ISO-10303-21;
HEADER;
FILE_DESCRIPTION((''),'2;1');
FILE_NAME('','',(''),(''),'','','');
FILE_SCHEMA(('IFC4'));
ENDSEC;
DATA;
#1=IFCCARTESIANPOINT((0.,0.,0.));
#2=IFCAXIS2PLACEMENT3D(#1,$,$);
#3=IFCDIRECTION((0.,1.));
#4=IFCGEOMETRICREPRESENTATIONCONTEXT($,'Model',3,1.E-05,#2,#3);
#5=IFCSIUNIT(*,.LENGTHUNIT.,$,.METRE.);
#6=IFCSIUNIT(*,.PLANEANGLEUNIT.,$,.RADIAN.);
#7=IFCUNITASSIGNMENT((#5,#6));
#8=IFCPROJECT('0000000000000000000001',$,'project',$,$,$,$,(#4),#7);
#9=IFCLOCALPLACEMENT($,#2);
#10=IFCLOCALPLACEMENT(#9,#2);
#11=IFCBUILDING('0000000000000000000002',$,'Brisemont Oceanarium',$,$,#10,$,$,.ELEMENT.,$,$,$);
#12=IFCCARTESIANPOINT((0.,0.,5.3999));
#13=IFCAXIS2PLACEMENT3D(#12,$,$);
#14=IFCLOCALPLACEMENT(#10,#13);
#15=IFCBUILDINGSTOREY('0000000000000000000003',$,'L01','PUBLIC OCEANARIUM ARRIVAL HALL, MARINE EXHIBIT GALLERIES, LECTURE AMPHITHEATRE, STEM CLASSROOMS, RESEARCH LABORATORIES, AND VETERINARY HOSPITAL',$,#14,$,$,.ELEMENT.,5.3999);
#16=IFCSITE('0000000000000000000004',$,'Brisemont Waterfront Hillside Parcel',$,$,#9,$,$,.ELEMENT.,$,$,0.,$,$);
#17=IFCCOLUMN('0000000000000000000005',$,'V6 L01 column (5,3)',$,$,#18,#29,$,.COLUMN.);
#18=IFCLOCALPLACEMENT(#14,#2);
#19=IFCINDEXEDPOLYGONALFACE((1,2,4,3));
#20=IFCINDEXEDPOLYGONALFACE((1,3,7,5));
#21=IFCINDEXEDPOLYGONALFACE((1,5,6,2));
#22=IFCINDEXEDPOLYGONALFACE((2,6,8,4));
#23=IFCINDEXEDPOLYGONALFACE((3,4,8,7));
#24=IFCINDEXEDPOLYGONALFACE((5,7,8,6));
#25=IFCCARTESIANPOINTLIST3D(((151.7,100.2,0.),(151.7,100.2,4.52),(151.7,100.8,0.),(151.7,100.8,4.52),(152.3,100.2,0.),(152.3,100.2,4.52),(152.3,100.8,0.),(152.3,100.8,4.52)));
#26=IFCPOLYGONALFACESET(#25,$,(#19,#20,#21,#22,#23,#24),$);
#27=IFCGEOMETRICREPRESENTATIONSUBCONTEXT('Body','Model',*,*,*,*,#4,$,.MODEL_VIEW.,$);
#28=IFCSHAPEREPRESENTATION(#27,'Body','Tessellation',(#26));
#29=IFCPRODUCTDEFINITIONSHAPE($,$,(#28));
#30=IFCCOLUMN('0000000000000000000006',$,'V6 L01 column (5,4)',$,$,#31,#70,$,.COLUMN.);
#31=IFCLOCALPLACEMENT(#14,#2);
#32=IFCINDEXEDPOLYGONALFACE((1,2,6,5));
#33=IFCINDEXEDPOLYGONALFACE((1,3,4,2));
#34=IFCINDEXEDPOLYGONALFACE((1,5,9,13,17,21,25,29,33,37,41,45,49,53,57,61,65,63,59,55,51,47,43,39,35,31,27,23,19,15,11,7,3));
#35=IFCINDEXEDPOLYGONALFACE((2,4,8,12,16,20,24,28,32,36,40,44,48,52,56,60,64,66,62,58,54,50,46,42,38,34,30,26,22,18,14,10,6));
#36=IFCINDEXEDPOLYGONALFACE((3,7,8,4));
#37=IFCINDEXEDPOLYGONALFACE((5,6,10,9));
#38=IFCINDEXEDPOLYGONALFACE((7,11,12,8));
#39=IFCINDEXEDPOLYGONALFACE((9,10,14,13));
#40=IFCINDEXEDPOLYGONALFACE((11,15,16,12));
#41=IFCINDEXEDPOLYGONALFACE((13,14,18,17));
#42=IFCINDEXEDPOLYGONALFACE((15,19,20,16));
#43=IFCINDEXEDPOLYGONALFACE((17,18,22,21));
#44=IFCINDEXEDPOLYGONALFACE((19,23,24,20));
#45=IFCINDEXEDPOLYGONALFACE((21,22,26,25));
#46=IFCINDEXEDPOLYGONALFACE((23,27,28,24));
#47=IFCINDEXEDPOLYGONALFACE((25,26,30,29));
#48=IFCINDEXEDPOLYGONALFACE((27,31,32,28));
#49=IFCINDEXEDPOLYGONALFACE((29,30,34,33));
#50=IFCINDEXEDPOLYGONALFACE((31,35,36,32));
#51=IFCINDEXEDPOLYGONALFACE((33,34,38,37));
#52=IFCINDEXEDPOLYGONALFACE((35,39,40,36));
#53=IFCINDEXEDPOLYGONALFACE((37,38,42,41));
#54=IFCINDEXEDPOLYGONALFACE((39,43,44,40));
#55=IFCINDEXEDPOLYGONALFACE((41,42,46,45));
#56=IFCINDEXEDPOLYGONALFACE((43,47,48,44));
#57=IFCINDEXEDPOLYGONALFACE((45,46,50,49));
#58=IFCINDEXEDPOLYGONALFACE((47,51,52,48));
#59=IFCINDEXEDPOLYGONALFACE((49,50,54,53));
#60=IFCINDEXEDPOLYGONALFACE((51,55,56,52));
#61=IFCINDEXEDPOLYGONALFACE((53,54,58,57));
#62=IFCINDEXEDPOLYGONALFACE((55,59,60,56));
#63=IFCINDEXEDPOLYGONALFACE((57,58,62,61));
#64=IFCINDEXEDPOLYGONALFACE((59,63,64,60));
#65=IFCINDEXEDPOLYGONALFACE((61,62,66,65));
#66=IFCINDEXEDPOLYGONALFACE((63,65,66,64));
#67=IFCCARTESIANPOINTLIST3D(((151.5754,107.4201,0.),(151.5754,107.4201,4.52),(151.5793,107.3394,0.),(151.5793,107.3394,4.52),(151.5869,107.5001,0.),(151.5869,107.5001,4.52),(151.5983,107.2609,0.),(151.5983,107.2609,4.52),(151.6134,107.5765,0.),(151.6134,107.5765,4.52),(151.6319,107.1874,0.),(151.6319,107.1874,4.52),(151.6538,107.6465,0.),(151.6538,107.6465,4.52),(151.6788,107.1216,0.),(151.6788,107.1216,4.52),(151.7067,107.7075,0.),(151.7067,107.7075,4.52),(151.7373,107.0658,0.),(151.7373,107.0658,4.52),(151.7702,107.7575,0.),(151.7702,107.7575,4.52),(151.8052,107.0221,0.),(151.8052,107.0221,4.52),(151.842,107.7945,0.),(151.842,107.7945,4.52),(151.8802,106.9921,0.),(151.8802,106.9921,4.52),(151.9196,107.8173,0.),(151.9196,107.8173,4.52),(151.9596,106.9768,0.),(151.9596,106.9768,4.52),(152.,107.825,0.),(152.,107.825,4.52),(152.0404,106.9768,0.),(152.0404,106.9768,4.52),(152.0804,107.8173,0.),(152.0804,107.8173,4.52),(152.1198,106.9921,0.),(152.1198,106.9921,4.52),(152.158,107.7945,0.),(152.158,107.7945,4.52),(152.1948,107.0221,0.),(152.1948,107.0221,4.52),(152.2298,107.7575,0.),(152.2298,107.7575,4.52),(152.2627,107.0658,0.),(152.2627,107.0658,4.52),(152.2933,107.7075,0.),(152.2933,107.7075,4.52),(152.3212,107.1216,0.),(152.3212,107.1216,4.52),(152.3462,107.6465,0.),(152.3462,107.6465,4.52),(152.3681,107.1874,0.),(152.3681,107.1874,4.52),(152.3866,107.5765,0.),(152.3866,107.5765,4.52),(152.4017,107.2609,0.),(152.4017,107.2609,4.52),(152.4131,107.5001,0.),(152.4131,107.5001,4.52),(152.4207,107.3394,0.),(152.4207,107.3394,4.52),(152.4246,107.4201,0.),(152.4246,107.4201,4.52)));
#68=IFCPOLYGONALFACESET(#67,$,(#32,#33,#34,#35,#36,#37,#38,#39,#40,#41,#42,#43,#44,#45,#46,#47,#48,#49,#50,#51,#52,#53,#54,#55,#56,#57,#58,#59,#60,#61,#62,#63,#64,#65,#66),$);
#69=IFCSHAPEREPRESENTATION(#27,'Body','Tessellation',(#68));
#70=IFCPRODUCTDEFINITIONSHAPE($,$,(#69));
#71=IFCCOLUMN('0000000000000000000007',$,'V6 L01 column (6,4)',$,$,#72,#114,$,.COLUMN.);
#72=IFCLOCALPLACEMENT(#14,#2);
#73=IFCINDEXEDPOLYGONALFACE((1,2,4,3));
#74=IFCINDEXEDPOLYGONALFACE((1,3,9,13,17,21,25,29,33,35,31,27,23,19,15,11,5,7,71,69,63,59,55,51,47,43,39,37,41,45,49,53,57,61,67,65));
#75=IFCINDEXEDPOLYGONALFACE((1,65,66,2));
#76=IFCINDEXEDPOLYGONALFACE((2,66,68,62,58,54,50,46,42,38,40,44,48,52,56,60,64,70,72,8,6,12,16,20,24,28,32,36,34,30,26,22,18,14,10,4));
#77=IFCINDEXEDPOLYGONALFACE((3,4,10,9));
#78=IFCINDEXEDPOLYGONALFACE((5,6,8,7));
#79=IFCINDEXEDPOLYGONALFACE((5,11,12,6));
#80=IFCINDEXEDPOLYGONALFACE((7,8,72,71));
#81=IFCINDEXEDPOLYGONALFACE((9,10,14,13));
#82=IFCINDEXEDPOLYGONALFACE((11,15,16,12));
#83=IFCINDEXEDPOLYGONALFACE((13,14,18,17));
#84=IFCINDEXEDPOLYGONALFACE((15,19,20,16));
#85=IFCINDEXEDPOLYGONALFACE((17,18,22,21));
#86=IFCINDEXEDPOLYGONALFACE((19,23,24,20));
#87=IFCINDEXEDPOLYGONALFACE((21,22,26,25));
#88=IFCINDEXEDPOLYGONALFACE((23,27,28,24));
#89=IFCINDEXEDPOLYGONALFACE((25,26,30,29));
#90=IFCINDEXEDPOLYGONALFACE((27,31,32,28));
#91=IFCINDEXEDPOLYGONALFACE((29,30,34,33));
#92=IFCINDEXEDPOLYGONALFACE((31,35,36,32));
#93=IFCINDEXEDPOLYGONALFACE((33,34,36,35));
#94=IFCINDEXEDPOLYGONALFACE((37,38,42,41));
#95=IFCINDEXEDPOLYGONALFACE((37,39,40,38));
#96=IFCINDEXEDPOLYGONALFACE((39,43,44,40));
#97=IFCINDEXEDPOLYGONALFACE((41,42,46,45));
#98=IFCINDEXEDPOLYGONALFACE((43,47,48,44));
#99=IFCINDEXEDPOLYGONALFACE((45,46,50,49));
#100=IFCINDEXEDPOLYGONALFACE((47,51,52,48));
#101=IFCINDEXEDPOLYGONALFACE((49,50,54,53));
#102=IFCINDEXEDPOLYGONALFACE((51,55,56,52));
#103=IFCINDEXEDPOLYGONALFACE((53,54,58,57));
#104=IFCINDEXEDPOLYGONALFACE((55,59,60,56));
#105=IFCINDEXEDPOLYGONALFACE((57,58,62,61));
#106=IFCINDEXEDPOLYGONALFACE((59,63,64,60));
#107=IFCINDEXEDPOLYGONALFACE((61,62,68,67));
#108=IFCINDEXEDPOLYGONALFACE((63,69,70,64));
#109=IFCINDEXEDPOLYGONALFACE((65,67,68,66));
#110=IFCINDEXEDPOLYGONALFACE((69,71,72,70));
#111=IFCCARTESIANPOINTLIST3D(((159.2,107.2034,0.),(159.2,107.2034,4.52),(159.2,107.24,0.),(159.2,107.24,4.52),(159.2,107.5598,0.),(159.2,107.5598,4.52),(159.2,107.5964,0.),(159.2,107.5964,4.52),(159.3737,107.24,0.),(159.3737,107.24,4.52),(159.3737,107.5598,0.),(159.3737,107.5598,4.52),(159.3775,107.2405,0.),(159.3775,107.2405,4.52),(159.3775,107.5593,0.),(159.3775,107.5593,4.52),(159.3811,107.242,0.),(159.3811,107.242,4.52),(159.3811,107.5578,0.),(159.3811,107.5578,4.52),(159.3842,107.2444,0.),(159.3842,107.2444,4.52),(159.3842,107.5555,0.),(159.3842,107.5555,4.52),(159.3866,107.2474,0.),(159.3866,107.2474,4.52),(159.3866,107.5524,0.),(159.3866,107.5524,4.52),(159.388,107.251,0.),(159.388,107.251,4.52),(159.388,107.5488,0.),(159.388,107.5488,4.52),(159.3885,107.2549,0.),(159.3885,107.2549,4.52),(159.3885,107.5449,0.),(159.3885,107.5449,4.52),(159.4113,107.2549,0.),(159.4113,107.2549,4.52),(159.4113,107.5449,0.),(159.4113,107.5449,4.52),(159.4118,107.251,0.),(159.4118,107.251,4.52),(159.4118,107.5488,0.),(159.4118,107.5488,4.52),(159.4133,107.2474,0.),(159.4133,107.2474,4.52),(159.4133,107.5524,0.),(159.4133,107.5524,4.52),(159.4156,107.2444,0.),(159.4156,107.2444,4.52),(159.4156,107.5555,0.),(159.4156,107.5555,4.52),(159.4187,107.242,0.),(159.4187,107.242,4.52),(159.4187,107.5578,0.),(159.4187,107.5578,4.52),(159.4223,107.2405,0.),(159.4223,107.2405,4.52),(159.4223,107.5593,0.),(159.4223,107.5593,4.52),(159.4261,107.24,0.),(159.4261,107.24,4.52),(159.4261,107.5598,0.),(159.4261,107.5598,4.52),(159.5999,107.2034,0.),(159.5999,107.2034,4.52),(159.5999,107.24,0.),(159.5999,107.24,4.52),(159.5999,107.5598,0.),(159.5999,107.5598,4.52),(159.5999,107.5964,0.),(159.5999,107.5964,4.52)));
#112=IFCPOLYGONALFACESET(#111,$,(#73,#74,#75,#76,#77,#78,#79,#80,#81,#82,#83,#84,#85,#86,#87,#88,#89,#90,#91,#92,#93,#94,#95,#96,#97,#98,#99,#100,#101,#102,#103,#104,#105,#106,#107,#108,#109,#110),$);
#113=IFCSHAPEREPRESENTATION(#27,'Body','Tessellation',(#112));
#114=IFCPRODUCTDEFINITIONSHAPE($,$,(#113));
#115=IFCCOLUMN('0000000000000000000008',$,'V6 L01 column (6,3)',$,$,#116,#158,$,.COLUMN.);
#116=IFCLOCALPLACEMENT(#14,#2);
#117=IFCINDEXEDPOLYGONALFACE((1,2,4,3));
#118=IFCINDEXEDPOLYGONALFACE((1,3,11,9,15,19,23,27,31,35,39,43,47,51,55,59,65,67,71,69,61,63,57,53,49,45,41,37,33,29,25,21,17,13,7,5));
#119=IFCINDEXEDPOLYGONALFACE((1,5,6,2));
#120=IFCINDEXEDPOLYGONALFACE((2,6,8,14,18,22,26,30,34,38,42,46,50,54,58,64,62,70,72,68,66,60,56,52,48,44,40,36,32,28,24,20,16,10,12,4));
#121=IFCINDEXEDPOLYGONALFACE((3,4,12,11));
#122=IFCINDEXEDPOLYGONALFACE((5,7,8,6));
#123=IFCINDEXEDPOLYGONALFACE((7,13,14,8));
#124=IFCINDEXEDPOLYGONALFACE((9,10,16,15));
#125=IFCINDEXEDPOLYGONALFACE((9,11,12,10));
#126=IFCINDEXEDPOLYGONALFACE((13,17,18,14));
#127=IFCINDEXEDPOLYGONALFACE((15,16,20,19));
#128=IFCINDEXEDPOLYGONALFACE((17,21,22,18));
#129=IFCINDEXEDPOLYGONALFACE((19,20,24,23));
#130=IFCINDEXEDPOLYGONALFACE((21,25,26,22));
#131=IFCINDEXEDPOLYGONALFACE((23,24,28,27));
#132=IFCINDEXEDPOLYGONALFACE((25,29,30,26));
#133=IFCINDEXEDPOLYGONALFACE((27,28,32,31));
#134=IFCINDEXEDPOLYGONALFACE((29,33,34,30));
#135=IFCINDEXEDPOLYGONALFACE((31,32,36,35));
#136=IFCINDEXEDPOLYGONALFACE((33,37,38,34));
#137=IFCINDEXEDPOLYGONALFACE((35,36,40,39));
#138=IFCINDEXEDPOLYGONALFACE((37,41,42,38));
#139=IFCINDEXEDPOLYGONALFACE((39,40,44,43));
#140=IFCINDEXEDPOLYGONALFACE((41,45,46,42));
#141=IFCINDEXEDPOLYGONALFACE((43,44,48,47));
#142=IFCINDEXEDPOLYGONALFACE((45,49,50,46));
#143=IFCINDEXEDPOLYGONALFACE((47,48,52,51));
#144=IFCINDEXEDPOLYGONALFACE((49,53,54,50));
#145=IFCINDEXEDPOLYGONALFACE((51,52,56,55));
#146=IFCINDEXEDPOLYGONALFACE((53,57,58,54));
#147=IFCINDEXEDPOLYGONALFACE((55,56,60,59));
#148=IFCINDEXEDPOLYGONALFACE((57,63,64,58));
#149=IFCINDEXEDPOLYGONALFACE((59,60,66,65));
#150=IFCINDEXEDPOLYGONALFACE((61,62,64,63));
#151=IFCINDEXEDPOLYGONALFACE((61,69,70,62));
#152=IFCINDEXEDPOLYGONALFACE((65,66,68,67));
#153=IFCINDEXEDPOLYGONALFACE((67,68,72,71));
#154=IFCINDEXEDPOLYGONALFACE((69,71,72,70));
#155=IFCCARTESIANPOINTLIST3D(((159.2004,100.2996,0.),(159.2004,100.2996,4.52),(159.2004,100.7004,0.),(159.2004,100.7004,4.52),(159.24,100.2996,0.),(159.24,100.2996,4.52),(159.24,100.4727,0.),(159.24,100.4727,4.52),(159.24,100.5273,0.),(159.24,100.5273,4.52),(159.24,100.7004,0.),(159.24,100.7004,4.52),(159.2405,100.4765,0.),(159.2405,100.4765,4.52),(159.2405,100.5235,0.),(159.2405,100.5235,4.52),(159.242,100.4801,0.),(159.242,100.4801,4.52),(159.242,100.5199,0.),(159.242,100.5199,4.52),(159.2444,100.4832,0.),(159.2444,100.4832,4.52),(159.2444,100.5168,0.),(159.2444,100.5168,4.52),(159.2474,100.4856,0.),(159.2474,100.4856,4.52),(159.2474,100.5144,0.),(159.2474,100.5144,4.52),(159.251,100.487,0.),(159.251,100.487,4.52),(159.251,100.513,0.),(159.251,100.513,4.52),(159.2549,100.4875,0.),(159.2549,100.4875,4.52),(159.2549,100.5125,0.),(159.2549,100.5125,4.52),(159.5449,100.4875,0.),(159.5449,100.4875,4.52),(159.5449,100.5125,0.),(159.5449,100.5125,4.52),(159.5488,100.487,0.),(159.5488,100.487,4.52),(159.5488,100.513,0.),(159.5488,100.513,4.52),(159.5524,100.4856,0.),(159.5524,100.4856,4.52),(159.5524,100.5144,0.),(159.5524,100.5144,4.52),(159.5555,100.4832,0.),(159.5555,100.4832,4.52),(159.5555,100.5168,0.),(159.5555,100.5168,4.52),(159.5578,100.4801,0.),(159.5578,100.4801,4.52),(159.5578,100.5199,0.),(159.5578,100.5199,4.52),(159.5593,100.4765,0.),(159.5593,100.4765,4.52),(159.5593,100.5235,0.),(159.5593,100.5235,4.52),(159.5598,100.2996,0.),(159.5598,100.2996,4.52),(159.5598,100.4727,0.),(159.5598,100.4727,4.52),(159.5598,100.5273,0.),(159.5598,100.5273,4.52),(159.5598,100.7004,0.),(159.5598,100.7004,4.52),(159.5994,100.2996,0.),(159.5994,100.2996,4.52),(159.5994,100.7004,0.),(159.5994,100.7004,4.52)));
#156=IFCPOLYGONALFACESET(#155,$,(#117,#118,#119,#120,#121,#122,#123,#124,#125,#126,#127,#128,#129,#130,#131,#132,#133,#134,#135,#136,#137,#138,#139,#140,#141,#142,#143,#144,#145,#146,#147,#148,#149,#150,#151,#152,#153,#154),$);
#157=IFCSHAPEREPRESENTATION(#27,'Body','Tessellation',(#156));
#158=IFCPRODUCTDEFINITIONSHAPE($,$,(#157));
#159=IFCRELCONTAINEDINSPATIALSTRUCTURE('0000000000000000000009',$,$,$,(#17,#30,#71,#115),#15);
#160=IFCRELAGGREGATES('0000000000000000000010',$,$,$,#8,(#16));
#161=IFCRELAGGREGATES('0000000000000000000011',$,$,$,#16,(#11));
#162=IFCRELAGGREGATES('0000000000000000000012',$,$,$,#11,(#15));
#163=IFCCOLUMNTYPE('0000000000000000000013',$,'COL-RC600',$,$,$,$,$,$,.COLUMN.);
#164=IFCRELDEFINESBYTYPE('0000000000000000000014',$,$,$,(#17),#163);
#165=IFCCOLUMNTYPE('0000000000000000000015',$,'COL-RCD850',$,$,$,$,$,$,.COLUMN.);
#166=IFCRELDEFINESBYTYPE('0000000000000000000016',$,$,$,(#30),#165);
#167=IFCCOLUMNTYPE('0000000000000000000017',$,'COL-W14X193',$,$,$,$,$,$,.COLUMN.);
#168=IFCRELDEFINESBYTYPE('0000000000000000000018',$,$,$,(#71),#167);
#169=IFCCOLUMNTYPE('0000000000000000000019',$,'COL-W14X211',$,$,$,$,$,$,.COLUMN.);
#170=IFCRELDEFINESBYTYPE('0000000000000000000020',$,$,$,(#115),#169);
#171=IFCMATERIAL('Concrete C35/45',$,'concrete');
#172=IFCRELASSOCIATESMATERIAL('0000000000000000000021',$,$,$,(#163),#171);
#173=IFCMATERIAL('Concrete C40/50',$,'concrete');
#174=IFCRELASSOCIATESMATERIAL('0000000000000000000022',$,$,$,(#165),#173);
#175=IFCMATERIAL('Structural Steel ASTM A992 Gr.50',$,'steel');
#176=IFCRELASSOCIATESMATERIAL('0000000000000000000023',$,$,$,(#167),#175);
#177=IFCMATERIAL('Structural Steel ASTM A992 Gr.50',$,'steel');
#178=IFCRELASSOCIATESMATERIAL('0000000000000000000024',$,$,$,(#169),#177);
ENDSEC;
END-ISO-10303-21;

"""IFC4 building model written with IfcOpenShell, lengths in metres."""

from ifc_helpers import new_model, si_unit, direction, frame, origin, origin_2d, place, context, subcontext, project, spatial, rectangle, circle, i_section, extrude, material, material_profile, profile_set, type_object, element, save


model = new_model("IFC4")

# Units and contexts
model_context = context("Model", 3, precision=1e-05, world=origin(), true_north=direction((0.0, 1.0)))
body_context = subcontext(model_context, "Body", "Model", "MODEL_VIEW")
ifc_project = project(units=[si_unit("LENGTHUNIT", "METRE"), si_unit("PLANEANGLEUNIT", "RADIAN")], contexts=[model_context])

# Site, building, storey
site_placement = place(None, origin())
site = spatial("IfcSite", under=ifc_project, at=site_placement, Name="Brisemont Waterfront Hillside Parcel", CompositionType="ELEMENT", RefElevation=0.0)
building_placement = place(site_placement, origin())
building = spatial("IfcBuilding", under=site, at=building_placement, Name="Brisemont Oceanarium", CompositionType="ELEMENT")
storey_placement = place(building_placement, frame((0.0, 0.0, 5.3999)))
storey = spatial("IfcBuildingStorey", under=building, at=storey_placement, Name="L01", Description="PUBLIC OCEANARIUM ARRIVAL HALL, MARINE EXHIBIT GALLERIES, LECTURE AMPHITHEATRE, STEM CLASSROOMS, RESEARCH LABORATORIES, AND VETERINARY HOSPITAL", CompositionType="ELEMENT", Elevation=5.3999)

# Columns
ifc_material_1 = material(Name="Concrete C35/45", Category="concrete")
ifc_material_profile_1 = material_profile(ifc_material_1, rectangle(XDim=0.6001, YDim=0.6001, at=origin_2d()), Name="RC-COL-600X600")
ifc_profile_set_1 = profile_set([ifc_material_profile_1], Name="Concrete C35/45")
column_type_1 = type_object("IfcColumnType", Name="COL-RC600", PredefinedType="COLUMN", material=ifc_profile_set_1)
column_1_placement = place(storey_placement, frame((152.0, 100.5, 0.0), z_axis=(0.0, 0.0, 1.0), x_axis=(1.0, 0.0, 0.0)))
element("IfcColumn", 1, at=column_1_placement, inside=storey, type_object=column_type_1, Name="V6 L01 column (5,3)", PredefinedType="COLUMN", context=body_context, shape_type="SweptSolid", body=[
    extrude(rectangle(XDim=0.6001, YDim=0.6001, at=origin_2d()), origin(), (0.0, 0.0, 1.0), 4.52),
])
ifc_material_2 = material(Name="Concrete C40/50", Category="concrete")
ifc_material_profile_2 = material_profile(ifc_material_2, circle(Radius=0.425, at=origin_2d()), Name="RC-COL-D850")
ifc_profile_set_2 = profile_set([ifc_material_profile_2], Name="Concrete C40/50")
column_type_2 = type_object("IfcColumnType", Name="COL-RCD850", PredefinedType="COLUMN", material=ifc_profile_set_2)
column_2_placement = place(storey_placement, frame((152.0, 107.3999, 0.0), z_axis=(0.0, 0.0, 1.0), x_axis=(0.0, 1.0, 0.0)))
element("IfcColumn", 2, at=column_2_placement, inside=storey, type_object=column_type_2, Name="V6 L01 column (5,4)", PredefinedType="COLUMN", context=body_context, shape_type="SweptSolid", body=[
    extrude(circle(Radius=0.425, at=origin_2d()), origin(), (0.0, 0.0, 1.0), 4.52),
])
ifc_material_3 = material(Name="Structural Steel ASTM A992 Gr.50", Category="steel")
ifc_material_profile_3 = material_profile(ifc_material_3, i_section(OverallWidth=0.3999, OverallDepth=0.3931, WebThickness=0.0227, FlangeThickness=0.0366, FilletRadius=0.0149, at=origin_2d()), Name="W14X193")
ifc_profile_set_3 = profile_set([ifc_material_profile_3], Name="Structural Steel ASTM A992 Gr.50")
column_type_3 = type_object("IfcColumnType", Name="COL-W14X193", PredefinedType="COLUMN", material=ifc_profile_set_3)
column_3_placement = place(storey_placement, frame((159.3999, 107.3999, 0.0), z_axis=(0.0, 0.0, 1.0), x_axis=(1.0, 0.0, 0.0)))
element("IfcColumn", 3, at=column_3_placement, inside=storey, type_object=column_type_3, Name="V6 L01 column (6,4)", PredefinedType="COLUMN", context=body_context, shape_type="SweptSolid", body=[
    extrude(i_section(OverallWidth=0.3999, OverallDepth=0.3931, WebThickness=0.0227, FlangeThickness=0.0366, FilletRadius=0.0149, at=origin_2d()), origin(), (0.0, 0.0, 1.0), 4.52),
])
ifc_material_4 = material(Name="Structural Steel ASTM A992 Gr.50", Category="steel")
ifc_material_profile_4 = material_profile(ifc_material_4, i_section(OverallWidth=0.4009, OverallDepth=0.3989, WebThickness=0.0249, FlangeThickness=0.0396, FilletRadius=0.0149, at=origin_2d()), Name="W14X211")
ifc_profile_set_4 = profile_set([ifc_material_profile_4], Name="Structural Steel ASTM A992 Gr.50")
column_type_4 = type_object("IfcColumnType", Name="COL-W14X211", PredefinedType="COLUMN", material=ifc_profile_set_4)
column_4_placement = place(storey_placement, frame((159.3999, 100.5, 0.0), z_axis=(0.0, 0.0, 1.0), x_axis=(0.0, 1.0, 0.0)))
element("IfcColumn", 4, at=column_4_placement, inside=storey, type_object=column_type_4, Name="V6 L01 column (6,3)", PredefinedType="COLUMN", context=body_context, shape_type="SweptSolid", body=[
    extrude(i_section(OverallWidth=0.4009, OverallDepth=0.3989, WebThickness=0.0249, FlangeThickness=0.0396, FilletRadius=0.0149, at=origin_2d()), origin(), (0.0, 0.0, 1.0), 4.52),
])

save(model, "model.ifc")
